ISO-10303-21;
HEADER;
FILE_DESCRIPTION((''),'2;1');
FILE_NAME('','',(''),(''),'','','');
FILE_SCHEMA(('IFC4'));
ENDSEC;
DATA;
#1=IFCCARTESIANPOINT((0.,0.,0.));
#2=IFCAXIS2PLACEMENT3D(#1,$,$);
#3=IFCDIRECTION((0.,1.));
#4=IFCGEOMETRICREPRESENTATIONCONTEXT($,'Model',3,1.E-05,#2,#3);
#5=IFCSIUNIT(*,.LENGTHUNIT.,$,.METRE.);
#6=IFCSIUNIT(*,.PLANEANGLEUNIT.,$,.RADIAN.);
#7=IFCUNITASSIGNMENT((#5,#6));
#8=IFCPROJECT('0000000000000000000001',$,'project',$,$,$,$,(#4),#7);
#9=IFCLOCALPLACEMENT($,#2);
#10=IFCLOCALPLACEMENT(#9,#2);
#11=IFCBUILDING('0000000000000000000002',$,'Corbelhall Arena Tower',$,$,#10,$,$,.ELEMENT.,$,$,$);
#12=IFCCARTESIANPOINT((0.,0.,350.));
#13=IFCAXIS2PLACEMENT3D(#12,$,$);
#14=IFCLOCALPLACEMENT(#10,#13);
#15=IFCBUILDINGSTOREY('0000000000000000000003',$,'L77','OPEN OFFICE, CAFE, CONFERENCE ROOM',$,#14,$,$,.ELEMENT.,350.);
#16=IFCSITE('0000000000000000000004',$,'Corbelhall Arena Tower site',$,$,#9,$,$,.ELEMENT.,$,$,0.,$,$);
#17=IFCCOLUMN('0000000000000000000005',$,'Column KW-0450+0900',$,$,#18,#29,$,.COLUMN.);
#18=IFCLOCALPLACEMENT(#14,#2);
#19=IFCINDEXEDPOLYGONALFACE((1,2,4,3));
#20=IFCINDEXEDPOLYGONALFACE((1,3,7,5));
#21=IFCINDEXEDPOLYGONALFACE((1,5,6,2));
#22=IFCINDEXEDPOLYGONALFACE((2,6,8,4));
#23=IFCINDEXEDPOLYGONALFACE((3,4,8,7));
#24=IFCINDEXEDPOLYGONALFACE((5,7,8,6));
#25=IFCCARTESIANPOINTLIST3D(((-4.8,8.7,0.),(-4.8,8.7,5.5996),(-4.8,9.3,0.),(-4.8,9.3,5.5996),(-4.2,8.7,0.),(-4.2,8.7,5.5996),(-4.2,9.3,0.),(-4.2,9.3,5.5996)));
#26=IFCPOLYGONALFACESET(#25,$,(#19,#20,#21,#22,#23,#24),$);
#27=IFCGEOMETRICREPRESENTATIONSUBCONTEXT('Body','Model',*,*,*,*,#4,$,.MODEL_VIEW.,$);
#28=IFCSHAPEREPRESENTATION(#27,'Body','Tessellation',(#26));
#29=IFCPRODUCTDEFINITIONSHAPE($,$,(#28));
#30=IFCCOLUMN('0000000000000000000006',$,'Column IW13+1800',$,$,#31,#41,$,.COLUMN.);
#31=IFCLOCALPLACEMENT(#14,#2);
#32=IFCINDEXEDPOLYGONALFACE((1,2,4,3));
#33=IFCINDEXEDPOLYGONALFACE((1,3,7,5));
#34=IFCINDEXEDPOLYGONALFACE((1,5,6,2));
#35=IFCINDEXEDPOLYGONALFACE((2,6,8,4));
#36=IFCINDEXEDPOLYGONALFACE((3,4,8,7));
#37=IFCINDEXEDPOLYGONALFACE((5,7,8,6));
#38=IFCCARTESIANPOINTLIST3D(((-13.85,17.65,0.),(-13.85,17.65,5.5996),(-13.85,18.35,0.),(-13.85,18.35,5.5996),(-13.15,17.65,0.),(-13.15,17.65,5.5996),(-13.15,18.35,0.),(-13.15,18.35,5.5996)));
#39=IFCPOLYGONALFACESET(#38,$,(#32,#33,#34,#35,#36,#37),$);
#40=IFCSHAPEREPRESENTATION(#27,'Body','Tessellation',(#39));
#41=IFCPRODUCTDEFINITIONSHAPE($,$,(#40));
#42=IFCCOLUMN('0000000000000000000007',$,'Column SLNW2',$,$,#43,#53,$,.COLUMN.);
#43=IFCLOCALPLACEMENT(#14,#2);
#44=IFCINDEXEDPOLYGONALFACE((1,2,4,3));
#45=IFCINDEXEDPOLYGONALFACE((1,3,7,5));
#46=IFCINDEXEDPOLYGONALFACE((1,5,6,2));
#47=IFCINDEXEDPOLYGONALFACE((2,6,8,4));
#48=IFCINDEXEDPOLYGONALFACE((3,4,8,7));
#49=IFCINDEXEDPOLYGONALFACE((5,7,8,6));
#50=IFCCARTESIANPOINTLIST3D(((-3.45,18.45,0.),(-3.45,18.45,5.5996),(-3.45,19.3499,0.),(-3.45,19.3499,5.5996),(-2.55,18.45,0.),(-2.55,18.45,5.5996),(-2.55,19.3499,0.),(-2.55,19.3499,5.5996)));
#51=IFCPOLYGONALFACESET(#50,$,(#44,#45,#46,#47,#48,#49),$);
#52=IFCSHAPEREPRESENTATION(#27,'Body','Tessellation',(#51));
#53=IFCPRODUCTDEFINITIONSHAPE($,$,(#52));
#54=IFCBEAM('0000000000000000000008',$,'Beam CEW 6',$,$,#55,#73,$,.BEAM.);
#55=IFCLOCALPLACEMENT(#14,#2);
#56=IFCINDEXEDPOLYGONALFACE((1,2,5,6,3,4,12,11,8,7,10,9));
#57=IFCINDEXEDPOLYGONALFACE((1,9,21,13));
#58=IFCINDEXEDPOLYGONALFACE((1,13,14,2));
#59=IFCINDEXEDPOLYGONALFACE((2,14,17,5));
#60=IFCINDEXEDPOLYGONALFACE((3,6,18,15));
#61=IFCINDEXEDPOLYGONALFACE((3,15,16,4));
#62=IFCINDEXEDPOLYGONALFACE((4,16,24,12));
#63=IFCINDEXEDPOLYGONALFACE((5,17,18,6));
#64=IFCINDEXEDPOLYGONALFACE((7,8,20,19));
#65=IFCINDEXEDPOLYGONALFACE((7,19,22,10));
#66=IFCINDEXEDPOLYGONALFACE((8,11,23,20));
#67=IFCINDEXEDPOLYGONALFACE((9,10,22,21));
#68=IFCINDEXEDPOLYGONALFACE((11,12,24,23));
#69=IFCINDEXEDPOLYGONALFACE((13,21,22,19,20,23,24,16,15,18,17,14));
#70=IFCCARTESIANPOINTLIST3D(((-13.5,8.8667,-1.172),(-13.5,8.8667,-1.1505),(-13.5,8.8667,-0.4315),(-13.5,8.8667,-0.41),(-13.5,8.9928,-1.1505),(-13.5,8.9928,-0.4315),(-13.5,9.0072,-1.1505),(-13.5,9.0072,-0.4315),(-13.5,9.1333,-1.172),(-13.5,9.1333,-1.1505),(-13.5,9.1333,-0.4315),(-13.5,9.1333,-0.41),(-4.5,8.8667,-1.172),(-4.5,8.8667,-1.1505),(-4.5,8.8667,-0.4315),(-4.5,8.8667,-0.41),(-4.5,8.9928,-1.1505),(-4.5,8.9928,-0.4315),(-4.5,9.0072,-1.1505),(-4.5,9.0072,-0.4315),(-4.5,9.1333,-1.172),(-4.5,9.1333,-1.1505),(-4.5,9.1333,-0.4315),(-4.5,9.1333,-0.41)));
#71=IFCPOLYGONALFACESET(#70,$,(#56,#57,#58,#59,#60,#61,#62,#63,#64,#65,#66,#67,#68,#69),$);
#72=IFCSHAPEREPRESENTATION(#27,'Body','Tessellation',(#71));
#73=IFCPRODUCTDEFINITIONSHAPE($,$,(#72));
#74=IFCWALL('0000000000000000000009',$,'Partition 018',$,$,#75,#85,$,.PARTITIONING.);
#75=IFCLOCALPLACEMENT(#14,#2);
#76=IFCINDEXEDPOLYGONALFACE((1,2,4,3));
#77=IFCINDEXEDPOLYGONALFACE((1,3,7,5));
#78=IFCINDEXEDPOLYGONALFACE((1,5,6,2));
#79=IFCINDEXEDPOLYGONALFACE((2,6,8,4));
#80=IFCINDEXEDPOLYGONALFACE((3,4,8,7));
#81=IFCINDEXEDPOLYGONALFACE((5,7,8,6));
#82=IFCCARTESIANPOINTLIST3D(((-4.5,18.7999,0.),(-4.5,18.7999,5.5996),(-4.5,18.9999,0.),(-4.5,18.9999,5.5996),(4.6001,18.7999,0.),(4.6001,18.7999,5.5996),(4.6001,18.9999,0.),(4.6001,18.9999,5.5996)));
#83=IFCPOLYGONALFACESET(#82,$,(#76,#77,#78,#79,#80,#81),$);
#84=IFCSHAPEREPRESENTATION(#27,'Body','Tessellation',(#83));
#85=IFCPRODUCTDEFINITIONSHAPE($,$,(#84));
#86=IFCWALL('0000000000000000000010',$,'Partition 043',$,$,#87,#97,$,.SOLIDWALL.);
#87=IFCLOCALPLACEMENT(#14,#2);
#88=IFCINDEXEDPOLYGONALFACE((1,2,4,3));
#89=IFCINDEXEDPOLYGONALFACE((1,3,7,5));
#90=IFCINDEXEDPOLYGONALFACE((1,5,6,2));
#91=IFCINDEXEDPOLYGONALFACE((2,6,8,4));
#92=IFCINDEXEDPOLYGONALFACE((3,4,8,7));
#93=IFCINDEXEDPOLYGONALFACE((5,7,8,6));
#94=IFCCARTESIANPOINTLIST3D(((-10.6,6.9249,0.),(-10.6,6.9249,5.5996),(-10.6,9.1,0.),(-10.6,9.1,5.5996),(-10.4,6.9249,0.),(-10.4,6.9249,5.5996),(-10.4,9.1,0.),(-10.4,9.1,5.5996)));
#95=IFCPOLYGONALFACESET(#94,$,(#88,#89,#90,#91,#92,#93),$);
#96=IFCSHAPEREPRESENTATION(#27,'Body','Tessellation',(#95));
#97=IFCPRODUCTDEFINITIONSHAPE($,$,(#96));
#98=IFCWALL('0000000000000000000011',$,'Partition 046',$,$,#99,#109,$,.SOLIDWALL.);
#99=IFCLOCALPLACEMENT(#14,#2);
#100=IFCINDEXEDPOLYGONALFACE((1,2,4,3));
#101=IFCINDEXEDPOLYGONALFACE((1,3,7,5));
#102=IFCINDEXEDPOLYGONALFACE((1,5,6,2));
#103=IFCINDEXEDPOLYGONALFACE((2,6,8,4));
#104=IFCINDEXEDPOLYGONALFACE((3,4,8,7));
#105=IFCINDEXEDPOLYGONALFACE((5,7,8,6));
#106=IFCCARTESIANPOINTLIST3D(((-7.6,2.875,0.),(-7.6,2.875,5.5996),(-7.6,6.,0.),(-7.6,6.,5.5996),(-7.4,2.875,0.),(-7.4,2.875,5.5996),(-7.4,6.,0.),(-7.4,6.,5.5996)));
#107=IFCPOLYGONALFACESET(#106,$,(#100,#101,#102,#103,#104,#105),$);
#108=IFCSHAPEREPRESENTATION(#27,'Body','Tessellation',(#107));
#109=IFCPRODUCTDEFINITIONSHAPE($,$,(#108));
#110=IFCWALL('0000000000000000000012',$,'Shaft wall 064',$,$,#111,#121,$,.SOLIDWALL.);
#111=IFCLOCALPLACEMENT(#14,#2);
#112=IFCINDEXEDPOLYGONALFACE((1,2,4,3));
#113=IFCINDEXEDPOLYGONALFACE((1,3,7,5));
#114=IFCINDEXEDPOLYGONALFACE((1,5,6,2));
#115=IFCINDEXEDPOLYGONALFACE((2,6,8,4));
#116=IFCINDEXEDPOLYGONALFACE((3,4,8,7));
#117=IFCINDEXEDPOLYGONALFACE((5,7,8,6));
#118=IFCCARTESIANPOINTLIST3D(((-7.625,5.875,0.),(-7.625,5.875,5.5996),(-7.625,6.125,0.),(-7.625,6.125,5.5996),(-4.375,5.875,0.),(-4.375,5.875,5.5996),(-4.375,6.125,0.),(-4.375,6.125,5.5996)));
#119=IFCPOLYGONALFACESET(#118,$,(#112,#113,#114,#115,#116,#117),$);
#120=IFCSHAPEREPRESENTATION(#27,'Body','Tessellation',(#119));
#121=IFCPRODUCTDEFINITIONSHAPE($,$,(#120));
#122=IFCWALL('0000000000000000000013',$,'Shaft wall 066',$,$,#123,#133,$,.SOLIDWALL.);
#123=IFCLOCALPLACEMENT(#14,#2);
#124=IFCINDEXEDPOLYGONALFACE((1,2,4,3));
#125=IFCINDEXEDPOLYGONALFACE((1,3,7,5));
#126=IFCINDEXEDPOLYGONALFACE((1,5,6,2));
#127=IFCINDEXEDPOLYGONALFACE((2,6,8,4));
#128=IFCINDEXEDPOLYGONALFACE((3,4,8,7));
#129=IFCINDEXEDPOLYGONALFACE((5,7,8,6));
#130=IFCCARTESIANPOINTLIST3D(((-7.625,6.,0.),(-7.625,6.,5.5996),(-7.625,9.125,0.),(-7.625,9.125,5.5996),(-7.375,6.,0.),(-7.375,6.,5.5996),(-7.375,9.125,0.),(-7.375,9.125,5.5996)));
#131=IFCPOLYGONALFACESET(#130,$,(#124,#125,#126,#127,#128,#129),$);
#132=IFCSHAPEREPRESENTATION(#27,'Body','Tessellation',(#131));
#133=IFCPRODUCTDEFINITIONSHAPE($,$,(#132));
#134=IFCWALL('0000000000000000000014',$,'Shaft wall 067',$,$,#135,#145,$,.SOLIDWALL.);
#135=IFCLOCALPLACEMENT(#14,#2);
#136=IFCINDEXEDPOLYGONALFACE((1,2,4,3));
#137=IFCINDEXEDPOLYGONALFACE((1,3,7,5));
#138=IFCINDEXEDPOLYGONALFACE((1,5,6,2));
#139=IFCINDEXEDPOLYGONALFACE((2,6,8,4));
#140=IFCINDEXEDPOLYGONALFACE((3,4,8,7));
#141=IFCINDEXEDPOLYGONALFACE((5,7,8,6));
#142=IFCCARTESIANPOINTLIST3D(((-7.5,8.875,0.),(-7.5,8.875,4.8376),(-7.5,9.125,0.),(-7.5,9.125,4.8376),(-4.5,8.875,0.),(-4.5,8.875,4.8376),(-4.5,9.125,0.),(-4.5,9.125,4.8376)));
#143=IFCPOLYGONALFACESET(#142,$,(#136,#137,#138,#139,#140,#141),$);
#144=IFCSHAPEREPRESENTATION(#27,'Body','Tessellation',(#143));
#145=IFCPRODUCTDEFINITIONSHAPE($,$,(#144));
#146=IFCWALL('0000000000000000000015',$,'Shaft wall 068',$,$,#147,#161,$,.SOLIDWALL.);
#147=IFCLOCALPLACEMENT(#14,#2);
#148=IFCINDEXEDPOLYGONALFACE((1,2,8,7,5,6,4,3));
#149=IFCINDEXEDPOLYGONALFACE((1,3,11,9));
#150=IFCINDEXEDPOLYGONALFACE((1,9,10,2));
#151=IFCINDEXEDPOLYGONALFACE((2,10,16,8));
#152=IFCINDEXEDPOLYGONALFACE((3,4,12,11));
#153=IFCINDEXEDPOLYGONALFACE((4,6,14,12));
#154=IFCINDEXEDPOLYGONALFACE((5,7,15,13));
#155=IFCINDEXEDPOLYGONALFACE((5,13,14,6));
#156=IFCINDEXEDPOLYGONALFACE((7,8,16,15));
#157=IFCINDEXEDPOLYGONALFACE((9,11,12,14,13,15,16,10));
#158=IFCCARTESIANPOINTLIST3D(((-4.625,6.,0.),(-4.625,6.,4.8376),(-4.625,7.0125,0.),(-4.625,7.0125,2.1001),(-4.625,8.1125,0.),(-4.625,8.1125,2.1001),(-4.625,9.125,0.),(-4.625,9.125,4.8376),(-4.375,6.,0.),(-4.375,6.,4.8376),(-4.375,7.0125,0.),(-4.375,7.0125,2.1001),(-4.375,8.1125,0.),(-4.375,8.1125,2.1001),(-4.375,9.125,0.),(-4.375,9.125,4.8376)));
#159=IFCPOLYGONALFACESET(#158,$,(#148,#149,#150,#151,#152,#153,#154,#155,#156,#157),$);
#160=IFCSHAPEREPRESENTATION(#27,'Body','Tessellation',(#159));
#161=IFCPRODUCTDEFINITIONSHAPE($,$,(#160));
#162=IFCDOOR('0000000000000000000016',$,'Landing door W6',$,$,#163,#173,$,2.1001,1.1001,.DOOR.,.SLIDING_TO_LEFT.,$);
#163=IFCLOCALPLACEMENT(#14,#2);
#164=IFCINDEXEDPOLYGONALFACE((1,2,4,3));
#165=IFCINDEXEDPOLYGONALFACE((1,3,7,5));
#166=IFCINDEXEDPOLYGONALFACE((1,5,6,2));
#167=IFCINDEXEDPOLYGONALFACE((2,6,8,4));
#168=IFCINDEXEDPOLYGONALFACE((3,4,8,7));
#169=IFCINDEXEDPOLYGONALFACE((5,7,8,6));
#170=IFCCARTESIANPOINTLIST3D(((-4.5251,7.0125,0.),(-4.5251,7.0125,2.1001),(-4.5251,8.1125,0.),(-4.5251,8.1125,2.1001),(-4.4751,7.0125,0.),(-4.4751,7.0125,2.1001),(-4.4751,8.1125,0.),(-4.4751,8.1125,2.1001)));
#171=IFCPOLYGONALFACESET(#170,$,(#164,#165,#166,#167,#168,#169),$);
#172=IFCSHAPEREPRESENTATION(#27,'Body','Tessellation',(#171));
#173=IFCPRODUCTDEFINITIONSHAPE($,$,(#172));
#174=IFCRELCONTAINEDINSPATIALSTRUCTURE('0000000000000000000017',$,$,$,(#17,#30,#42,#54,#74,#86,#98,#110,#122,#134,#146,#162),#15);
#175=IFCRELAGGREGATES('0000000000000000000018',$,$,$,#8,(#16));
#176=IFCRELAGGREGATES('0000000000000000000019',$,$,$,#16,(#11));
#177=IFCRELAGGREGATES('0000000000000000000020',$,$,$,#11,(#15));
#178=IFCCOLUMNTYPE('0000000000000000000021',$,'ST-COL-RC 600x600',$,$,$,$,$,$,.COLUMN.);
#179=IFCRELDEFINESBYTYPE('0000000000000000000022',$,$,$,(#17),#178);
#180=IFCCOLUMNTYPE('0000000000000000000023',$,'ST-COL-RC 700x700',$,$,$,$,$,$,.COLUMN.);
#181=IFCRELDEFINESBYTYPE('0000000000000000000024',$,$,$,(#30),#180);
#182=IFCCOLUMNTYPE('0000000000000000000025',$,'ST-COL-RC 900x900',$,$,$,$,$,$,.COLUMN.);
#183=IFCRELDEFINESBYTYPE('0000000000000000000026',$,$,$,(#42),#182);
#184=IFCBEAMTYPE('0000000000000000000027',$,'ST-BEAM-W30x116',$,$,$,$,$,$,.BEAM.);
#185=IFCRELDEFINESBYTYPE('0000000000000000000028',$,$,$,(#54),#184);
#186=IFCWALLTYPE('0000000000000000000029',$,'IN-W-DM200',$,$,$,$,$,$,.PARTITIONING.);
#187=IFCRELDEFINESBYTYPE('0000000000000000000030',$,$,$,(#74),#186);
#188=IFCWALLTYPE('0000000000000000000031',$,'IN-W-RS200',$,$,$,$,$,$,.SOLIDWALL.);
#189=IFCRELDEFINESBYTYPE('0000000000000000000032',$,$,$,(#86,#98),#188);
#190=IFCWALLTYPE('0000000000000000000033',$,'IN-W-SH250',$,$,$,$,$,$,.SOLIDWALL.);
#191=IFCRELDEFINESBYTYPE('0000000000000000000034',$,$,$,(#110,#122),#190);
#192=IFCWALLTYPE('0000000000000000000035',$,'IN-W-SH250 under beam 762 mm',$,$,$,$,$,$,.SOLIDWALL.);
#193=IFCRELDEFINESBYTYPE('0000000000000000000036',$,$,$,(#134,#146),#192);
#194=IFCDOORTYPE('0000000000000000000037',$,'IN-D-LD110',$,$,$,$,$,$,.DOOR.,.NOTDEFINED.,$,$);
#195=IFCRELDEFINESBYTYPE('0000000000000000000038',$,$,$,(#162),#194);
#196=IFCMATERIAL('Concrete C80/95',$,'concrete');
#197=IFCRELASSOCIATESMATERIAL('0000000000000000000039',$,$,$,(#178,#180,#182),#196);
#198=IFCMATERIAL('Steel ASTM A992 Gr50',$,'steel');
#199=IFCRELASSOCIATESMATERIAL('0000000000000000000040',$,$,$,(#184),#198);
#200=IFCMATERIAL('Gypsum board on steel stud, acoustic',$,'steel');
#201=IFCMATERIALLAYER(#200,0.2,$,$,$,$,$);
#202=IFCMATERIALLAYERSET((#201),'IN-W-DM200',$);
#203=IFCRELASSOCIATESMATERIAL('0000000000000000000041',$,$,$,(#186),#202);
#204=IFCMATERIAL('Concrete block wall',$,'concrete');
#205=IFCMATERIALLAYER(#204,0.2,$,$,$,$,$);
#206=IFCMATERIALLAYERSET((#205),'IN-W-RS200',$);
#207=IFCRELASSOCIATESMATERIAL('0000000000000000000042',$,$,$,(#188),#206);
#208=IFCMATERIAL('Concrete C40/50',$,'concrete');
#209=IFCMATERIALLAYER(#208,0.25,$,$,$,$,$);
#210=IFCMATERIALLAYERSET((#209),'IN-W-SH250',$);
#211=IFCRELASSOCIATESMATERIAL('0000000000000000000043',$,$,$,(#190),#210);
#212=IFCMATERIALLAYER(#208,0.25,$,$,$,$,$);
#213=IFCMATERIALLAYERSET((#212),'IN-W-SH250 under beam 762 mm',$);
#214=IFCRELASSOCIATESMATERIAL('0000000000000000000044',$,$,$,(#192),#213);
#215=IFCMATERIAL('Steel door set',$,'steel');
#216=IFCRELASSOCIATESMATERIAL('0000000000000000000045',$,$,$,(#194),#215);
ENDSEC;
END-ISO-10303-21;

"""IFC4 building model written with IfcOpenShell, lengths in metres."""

from ifc_helpers import new_model, si_unit, direction, frame, frame_2d, origin, origin_2d, place, context, subcontext, project, spatial, rectangle, i_section, extrude, material, layer, layer_set, material_profile, profile_set, type_object, element, fill, save


model = new_model("IFC4")

# Units and contexts
model_context = context("Model", 3, precision=1e-05, world=origin(), true_north=direction((0.0, 1.0)))
body_context = subcontext(model_context, "Body", "Model", "MODEL_VIEW")
ifc_project = project(units=[si_unit("LENGTHUNIT", "METRE"), si_unit("PLANEANGLEUNIT", "RADIAN")], contexts=[model_context])

# Site, building, storey
site_placement = place(None, origin())
site = spatial("IfcSite", under=ifc_project, at=site_placement, Name="Corbelhall Arena Tower site", CompositionType="ELEMENT", RefElevation=0.0)
building_placement = place(site_placement, origin())
building = spatial("IfcBuilding", under=site, at=building_placement, Name="Corbelhall Arena Tower", CompositionType="ELEMENT")
storey_placement = place(building_placement, frame((0.0, 0.0, 350.0)))
storey = spatial("IfcBuildingStorey", under=building, at=storey_placement, Name="L77", Description="OPEN OFFICE, CAFE, CONFERENCE ROOM", CompositionType="ELEMENT", Elevation=350.0)

# Columns
ifc_material_1 = material(Name="Concrete C80/95", Category="concrete")
ifc_material_profile_1 = material_profile(ifc_material_1, rectangle(XDim=0.6001, YDim=0.6001, at=origin_2d()))
ifc_profile_set_1 = profile_set([ifc_material_profile_1], Name="Concrete C80/95")
column_type_1 = type_object("IfcColumnType", Name="ST-COL-RC 600x600", PredefinedType="COLUMN", material=ifc_profile_set_1)
column_1_placement = place(storey_placement, frame((-4.5, 9.0, 0.0), z_axis=(0.0, 0.0, 1.0), x_axis=(1.0, 0.0, 0.0)))
element("IfcColumn", 1, at=column_1_placement, inside=storey, type_object=column_type_1, Name="Column KW-0450+0900", PredefinedType="COLUMN", context=body_context, shape_type="SweptSolid", body=[
    extrude(rectangle(XDim=0.6001, YDim=0.6001, at=origin_2d()), origin(), (0.0, 0.0, 1.0), 5.5996),
])
ifc_material_profile_2 = material_profile(ifc_material_1, rectangle(XDim=0.7, YDim=0.7, at=origin_2d()))
ifc_profile_set_2 = profile_set([ifc_material_profile_2], Name="Concrete C80/95")
column_type_2 = type_object("IfcColumnType", Name="ST-COL-RC 700x700", PredefinedType="COLUMN", material=ifc_profile_set_2)
column_2_placement = place(storey_placement, frame((-13.5, 18.0, 0.0), z_axis=(0.0, 0.0, 1.0), x_axis=(1.0, 0.0, 0.0)))
element("IfcColumn", 2, at=column_2_placement, inside=storey, type_object=column_type_2, Name="Column IW13+1800", PredefinedType="COLUMN", context=body_context, shape_type="SweptSolid", body=[
    extrude(rectangle(XDim=0.7, YDim=0.7, at=origin_2d()), origin(), (0.0, 0.0, 1.0), 5.5996),
])
ifc_material_profile_3 = material_profile(ifc_material_1, rectangle(XDim=0.8999, YDim=0.8999, at=origin_2d()))
ifc_profile_set_3 = profile_set([ifc_material_profile_3], Name="Concrete C80/95")
column_type_3 = type_object("IfcColumnType", Name="ST-COL-RC 900x900", PredefinedType="COLUMN", material=ifc_profile_set_3)
column_3_placement = place(storey_placement, frame((-3.0, 18.8999, 0.0), z_axis=(0.0, 0.0, 1.0), x_axis=(1.0, 0.0, 0.0)))
element("IfcColumn", 3, at=column_3_placement, inside=storey, type_object=column_type_3, Name="Column SLNW2", PredefinedType="COLUMN", context=body_context, shape_type="SweptSolid", body=[
    extrude(rectangle(XDim=0.8999, YDim=0.8999, at=origin_2d()), origin(), (0.0, 0.0, 1.0), 5.5996),
])

# Beam
ifc_material_2 = material(Name="Steel ASTM A992 Gr50", Category="steel")
ifc_material_profile_4 = material_profile(ifc_material_2, i_section(OverallWidth=0.2666, OverallDepth=0.762, WebThickness=0.0144, FlangeThickness=0.0215, at=origin_2d()))
ifc_profile_set_4 = profile_set([ifc_material_profile_4], Name="Steel ASTM A992 Gr50")
beam_type = type_object("IfcBeamType", Name="ST-BEAM-W30x116", PredefinedType="BEAM", material=ifc_profile_set_4)
beam_placement = place(storey_placement, frame((-13.5, 9.0, -0.791), z_axis=(1.0, 0.0, 0.0), x_axis=(0.0, 1.0, 0.0)))
element("IfcBeam", 4, at=beam_placement, inside=storey, type_object=beam_type, Name="Beam CEW 6", PredefinedType="BEAM", context=body_context, shape_type="SweptSolid", body=[
    extrude(i_section(OverallWidth=0.2666, OverallDepth=0.762, WebThickness=0.0144, FlangeThickness=0.0215, at=origin_2d()), origin(), (0.0, 0.0, 1.0), 9.0),
])

# Shared definitions
ifc_material_3 = material(Name="Gypsum board on steel stud, acoustic", Category="steel")
ifc_layer_1 = layer(ifc_material_3, 0.2)
ifc_layer_set_1 = layer_set([ifc_layer_1], Name="IN-W-DM200")
wall_type_1 = type_object("IfcWallType", Name="IN-W-DM200", PredefinedType="PARTITIONING", material=ifc_layer_set_1)
ifc_material_4 = material(Name="Steel door set", Category="steel")

# Walls
wall_1_placement = place(storey_placement, frame((-4.5, 18.8999, 0.0), z_axis=(0.0, 0.0, 1.0), x_axis=(1.0, 0.0, 0.0)))
element("IfcWall", 5, at=wall_1_placement, inside=storey, type_object=wall_type_1, Name="Partition 018", PredefinedType="PARTITIONING", context=body_context, shape_type="SweptSolid", body=[
    extrude(rectangle(XDim=9.1001, YDim=0.2, at=frame_2d((4.55, 0.0))), origin(), (0.0, 0.0, 1.0), 5.5996),
])
ifc_material_5 = material(Name="Concrete block wall", Category="concrete")
ifc_layer_2 = layer(ifc_material_5, 0.2)
ifc_layer_set_2 = layer_set([ifc_layer_2], Name="IN-W-RS200")
wall_type_2 = type_object("IfcWallType", Name="IN-W-RS200", PredefinedType="SOLIDWALL", material=ifc_layer_set_2)
wall_2_placement = place(storey_placement, frame((-10.5, 6.925, 0.0), z_axis=(0.0, 0.0, 1.0), x_axis=(0.0, 1.0, 0.0)))
element("IfcWall", 6, at=wall_2_placement, inside=storey, type_object=wall_type_2, Name="Partition 043", PredefinedType="SOLIDWALL", context=body_context, shape_type="SweptSolid", body=[
    extrude(rectangle(XDim=2.175, YDim=0.2, at=frame_2d((1.0874, 0.0))), origin(), (0.0, 0.0, 1.0), 5.5996),
])
wall_3_placement = place(storey_placement, frame((-7.5, 2.875, 0.0), z_axis=(0.0, 0.0, 1.0), x_axis=(0.0, 1.0, 0.0)))
element("IfcWall", 7, at=wall_3_placement, inside=storey, type_object=wall_type_2, Name="Partition 046", PredefinedType="SOLIDWALL", context=body_context, shape_type="SweptSolid", body=[
    extrude(rectangle(XDim=3.125, YDim=0.2, at=frame_2d((1.5625, 0.0))), origin(), (0.0, 0.0, 1.0), 5.5996),
])

# Walls
ifc_material_6 = material(Name="Concrete C40/50", Category="concrete")
ifc_layer_3 = layer(ifc_material_6, 0.25)
ifc_layer_set_3 = layer_set([ifc_layer_3], Name="IN-W-SH250")
wall_type_3 = type_object("IfcWallType", Name="IN-W-SH250", PredefinedType="SOLIDWALL", material=ifc_layer_set_3)
wall_4_placement = place(storey_placement, frame((-7.625, 6.0, 0.0), z_axis=(0.0, 0.0, 1.0), x_axis=(1.0, 0.0, 0.0)))
element("IfcWall", 8, at=wall_4_placement, inside=storey, type_object=wall_type_3, Name="Shaft wall 064", PredefinedType="SOLIDWALL", context=body_context, shape_type="SweptSolid", body=[
    extrude(rectangle(XDim=3.25, YDim=0.25, at=frame_2d((1.625, 0.0))), origin(), (0.0, 0.0, 1.0), 5.5996),
])
wall_5_placement = place(storey_placement, frame((-7.5, 6.0, 0.0), z_axis=(0.0, 0.0, 1.0), x_axis=(0.0, 1.0, 0.0)))
element("IfcWall", 9, at=wall_5_placement, inside=storey, type_object=wall_type_3, Name="Shaft wall 066", PredefinedType="SOLIDWALL", context=body_context, shape_type="SweptSolid", body=[
    extrude(rectangle(XDim=3.125, YDim=0.25, at=frame_2d((1.5625, 0.0))), origin(), (0.0, 0.0, 1.0), 5.5996),
])
ifc_layer_4 = layer(ifc_material_6, 0.25)
ifc_layer_set_4 = layer_set([ifc_layer_4], Name="IN-W-SH250 under beam 762 mm")
wall_type_4 = type_object("IfcWallType", Name="IN-W-SH250 under beam 762 mm", PredefinedType="SOLIDWALL", material=ifc_layer_set_4)
wall_6_placement = place(storey_placement, frame((-7.5, 9.0, 0.0), z_axis=(0.0, 0.0, 1.0), x_axis=(1.0, 0.0, 0.0)))
element("IfcWall", 10, at=wall_6_placement, inside=storey, type_object=wall_type_4, Name="Shaft wall 067", PredefinedType="SOLIDWALL", context=body_context, shape_type="SweptSolid", body=[
    extrude(rectangle(XDim=3.0, YDim=0.25, at=frame_2d((1.5, 0.0))), origin(), (0.0, 0.0, 1.0), 4.8376),
])

# Wall, opening, door
wall_7_placement = place(storey_placement, frame((-4.5, 9.125, 0.0), z_axis=(0.0, 0.0, 1.0), x_axis=(0.0, -1.0, 0.0)))
wall_7 = element("IfcWall", 11, at=wall_7_placement, inside=storey, type_object=wall_type_4, Name="Shaft wall 068", PredefinedType="SOLIDWALL", context=body_context, shape_type="SweptSolid", body=[
    extrude(rectangle(XDim=3.125, YDim=0.25, at=frame_2d((1.5625, 0.0))), origin(), (0.0, 0.0, 1.0), 4.8376),
])
opening_1_placement = place(wall_7_placement, frame((1.0125, 0.0, 0.0)))
opening_1 = element("IfcOpeningElement", 12, at=opening_1_placement, cuts=wall_7, PredefinedType="OPENING", context=body_context, shape_type="SweptSolid", body=[
    extrude(rectangle(XDim=1.1001, YDim=2.1001, at=frame_2d((0.55, 1.05))), frame((0.0, 0.125, 0.0), z_axis=(0.0, -1.0, 0.0), x_axis=(1.0, 0.0, 0.0)), (0.0, 0.0, 1.0), 0.25),
])
door_type_1 = type_object("IfcDoorType", Name="IN-D-LD110", OperationType="NOTDEFINED", PredefinedType="DOOR", material=ifc_material_4)
door_1_placement = place(opening_1_placement, origin())
door_1 = element("IfcDoor", 13, at=door_1_placement, inside=storey, type_object=door_type_1, Name="Landing door W6", OperationType="SLIDING_TO_LEFT", OverallHeight=2.1001, OverallWidth=1.1001, PredefinedType="DOOR", context=body_context, shape_type="SweptSolid", body=[
    extrude(rectangle(XDim=1.1001, YDim=2.1001, at=frame_2d((0.55, 1.05))), frame((0.0, 0.0249, 0.0), z_axis=(0.0, -1.0, 0.0), x_axis=(1.0, 0.0, 0.0)), (0.0, 0.0, 1.0), 0.05),
])
fill(opening_1, door_1)

save(model, "model.ifc")
